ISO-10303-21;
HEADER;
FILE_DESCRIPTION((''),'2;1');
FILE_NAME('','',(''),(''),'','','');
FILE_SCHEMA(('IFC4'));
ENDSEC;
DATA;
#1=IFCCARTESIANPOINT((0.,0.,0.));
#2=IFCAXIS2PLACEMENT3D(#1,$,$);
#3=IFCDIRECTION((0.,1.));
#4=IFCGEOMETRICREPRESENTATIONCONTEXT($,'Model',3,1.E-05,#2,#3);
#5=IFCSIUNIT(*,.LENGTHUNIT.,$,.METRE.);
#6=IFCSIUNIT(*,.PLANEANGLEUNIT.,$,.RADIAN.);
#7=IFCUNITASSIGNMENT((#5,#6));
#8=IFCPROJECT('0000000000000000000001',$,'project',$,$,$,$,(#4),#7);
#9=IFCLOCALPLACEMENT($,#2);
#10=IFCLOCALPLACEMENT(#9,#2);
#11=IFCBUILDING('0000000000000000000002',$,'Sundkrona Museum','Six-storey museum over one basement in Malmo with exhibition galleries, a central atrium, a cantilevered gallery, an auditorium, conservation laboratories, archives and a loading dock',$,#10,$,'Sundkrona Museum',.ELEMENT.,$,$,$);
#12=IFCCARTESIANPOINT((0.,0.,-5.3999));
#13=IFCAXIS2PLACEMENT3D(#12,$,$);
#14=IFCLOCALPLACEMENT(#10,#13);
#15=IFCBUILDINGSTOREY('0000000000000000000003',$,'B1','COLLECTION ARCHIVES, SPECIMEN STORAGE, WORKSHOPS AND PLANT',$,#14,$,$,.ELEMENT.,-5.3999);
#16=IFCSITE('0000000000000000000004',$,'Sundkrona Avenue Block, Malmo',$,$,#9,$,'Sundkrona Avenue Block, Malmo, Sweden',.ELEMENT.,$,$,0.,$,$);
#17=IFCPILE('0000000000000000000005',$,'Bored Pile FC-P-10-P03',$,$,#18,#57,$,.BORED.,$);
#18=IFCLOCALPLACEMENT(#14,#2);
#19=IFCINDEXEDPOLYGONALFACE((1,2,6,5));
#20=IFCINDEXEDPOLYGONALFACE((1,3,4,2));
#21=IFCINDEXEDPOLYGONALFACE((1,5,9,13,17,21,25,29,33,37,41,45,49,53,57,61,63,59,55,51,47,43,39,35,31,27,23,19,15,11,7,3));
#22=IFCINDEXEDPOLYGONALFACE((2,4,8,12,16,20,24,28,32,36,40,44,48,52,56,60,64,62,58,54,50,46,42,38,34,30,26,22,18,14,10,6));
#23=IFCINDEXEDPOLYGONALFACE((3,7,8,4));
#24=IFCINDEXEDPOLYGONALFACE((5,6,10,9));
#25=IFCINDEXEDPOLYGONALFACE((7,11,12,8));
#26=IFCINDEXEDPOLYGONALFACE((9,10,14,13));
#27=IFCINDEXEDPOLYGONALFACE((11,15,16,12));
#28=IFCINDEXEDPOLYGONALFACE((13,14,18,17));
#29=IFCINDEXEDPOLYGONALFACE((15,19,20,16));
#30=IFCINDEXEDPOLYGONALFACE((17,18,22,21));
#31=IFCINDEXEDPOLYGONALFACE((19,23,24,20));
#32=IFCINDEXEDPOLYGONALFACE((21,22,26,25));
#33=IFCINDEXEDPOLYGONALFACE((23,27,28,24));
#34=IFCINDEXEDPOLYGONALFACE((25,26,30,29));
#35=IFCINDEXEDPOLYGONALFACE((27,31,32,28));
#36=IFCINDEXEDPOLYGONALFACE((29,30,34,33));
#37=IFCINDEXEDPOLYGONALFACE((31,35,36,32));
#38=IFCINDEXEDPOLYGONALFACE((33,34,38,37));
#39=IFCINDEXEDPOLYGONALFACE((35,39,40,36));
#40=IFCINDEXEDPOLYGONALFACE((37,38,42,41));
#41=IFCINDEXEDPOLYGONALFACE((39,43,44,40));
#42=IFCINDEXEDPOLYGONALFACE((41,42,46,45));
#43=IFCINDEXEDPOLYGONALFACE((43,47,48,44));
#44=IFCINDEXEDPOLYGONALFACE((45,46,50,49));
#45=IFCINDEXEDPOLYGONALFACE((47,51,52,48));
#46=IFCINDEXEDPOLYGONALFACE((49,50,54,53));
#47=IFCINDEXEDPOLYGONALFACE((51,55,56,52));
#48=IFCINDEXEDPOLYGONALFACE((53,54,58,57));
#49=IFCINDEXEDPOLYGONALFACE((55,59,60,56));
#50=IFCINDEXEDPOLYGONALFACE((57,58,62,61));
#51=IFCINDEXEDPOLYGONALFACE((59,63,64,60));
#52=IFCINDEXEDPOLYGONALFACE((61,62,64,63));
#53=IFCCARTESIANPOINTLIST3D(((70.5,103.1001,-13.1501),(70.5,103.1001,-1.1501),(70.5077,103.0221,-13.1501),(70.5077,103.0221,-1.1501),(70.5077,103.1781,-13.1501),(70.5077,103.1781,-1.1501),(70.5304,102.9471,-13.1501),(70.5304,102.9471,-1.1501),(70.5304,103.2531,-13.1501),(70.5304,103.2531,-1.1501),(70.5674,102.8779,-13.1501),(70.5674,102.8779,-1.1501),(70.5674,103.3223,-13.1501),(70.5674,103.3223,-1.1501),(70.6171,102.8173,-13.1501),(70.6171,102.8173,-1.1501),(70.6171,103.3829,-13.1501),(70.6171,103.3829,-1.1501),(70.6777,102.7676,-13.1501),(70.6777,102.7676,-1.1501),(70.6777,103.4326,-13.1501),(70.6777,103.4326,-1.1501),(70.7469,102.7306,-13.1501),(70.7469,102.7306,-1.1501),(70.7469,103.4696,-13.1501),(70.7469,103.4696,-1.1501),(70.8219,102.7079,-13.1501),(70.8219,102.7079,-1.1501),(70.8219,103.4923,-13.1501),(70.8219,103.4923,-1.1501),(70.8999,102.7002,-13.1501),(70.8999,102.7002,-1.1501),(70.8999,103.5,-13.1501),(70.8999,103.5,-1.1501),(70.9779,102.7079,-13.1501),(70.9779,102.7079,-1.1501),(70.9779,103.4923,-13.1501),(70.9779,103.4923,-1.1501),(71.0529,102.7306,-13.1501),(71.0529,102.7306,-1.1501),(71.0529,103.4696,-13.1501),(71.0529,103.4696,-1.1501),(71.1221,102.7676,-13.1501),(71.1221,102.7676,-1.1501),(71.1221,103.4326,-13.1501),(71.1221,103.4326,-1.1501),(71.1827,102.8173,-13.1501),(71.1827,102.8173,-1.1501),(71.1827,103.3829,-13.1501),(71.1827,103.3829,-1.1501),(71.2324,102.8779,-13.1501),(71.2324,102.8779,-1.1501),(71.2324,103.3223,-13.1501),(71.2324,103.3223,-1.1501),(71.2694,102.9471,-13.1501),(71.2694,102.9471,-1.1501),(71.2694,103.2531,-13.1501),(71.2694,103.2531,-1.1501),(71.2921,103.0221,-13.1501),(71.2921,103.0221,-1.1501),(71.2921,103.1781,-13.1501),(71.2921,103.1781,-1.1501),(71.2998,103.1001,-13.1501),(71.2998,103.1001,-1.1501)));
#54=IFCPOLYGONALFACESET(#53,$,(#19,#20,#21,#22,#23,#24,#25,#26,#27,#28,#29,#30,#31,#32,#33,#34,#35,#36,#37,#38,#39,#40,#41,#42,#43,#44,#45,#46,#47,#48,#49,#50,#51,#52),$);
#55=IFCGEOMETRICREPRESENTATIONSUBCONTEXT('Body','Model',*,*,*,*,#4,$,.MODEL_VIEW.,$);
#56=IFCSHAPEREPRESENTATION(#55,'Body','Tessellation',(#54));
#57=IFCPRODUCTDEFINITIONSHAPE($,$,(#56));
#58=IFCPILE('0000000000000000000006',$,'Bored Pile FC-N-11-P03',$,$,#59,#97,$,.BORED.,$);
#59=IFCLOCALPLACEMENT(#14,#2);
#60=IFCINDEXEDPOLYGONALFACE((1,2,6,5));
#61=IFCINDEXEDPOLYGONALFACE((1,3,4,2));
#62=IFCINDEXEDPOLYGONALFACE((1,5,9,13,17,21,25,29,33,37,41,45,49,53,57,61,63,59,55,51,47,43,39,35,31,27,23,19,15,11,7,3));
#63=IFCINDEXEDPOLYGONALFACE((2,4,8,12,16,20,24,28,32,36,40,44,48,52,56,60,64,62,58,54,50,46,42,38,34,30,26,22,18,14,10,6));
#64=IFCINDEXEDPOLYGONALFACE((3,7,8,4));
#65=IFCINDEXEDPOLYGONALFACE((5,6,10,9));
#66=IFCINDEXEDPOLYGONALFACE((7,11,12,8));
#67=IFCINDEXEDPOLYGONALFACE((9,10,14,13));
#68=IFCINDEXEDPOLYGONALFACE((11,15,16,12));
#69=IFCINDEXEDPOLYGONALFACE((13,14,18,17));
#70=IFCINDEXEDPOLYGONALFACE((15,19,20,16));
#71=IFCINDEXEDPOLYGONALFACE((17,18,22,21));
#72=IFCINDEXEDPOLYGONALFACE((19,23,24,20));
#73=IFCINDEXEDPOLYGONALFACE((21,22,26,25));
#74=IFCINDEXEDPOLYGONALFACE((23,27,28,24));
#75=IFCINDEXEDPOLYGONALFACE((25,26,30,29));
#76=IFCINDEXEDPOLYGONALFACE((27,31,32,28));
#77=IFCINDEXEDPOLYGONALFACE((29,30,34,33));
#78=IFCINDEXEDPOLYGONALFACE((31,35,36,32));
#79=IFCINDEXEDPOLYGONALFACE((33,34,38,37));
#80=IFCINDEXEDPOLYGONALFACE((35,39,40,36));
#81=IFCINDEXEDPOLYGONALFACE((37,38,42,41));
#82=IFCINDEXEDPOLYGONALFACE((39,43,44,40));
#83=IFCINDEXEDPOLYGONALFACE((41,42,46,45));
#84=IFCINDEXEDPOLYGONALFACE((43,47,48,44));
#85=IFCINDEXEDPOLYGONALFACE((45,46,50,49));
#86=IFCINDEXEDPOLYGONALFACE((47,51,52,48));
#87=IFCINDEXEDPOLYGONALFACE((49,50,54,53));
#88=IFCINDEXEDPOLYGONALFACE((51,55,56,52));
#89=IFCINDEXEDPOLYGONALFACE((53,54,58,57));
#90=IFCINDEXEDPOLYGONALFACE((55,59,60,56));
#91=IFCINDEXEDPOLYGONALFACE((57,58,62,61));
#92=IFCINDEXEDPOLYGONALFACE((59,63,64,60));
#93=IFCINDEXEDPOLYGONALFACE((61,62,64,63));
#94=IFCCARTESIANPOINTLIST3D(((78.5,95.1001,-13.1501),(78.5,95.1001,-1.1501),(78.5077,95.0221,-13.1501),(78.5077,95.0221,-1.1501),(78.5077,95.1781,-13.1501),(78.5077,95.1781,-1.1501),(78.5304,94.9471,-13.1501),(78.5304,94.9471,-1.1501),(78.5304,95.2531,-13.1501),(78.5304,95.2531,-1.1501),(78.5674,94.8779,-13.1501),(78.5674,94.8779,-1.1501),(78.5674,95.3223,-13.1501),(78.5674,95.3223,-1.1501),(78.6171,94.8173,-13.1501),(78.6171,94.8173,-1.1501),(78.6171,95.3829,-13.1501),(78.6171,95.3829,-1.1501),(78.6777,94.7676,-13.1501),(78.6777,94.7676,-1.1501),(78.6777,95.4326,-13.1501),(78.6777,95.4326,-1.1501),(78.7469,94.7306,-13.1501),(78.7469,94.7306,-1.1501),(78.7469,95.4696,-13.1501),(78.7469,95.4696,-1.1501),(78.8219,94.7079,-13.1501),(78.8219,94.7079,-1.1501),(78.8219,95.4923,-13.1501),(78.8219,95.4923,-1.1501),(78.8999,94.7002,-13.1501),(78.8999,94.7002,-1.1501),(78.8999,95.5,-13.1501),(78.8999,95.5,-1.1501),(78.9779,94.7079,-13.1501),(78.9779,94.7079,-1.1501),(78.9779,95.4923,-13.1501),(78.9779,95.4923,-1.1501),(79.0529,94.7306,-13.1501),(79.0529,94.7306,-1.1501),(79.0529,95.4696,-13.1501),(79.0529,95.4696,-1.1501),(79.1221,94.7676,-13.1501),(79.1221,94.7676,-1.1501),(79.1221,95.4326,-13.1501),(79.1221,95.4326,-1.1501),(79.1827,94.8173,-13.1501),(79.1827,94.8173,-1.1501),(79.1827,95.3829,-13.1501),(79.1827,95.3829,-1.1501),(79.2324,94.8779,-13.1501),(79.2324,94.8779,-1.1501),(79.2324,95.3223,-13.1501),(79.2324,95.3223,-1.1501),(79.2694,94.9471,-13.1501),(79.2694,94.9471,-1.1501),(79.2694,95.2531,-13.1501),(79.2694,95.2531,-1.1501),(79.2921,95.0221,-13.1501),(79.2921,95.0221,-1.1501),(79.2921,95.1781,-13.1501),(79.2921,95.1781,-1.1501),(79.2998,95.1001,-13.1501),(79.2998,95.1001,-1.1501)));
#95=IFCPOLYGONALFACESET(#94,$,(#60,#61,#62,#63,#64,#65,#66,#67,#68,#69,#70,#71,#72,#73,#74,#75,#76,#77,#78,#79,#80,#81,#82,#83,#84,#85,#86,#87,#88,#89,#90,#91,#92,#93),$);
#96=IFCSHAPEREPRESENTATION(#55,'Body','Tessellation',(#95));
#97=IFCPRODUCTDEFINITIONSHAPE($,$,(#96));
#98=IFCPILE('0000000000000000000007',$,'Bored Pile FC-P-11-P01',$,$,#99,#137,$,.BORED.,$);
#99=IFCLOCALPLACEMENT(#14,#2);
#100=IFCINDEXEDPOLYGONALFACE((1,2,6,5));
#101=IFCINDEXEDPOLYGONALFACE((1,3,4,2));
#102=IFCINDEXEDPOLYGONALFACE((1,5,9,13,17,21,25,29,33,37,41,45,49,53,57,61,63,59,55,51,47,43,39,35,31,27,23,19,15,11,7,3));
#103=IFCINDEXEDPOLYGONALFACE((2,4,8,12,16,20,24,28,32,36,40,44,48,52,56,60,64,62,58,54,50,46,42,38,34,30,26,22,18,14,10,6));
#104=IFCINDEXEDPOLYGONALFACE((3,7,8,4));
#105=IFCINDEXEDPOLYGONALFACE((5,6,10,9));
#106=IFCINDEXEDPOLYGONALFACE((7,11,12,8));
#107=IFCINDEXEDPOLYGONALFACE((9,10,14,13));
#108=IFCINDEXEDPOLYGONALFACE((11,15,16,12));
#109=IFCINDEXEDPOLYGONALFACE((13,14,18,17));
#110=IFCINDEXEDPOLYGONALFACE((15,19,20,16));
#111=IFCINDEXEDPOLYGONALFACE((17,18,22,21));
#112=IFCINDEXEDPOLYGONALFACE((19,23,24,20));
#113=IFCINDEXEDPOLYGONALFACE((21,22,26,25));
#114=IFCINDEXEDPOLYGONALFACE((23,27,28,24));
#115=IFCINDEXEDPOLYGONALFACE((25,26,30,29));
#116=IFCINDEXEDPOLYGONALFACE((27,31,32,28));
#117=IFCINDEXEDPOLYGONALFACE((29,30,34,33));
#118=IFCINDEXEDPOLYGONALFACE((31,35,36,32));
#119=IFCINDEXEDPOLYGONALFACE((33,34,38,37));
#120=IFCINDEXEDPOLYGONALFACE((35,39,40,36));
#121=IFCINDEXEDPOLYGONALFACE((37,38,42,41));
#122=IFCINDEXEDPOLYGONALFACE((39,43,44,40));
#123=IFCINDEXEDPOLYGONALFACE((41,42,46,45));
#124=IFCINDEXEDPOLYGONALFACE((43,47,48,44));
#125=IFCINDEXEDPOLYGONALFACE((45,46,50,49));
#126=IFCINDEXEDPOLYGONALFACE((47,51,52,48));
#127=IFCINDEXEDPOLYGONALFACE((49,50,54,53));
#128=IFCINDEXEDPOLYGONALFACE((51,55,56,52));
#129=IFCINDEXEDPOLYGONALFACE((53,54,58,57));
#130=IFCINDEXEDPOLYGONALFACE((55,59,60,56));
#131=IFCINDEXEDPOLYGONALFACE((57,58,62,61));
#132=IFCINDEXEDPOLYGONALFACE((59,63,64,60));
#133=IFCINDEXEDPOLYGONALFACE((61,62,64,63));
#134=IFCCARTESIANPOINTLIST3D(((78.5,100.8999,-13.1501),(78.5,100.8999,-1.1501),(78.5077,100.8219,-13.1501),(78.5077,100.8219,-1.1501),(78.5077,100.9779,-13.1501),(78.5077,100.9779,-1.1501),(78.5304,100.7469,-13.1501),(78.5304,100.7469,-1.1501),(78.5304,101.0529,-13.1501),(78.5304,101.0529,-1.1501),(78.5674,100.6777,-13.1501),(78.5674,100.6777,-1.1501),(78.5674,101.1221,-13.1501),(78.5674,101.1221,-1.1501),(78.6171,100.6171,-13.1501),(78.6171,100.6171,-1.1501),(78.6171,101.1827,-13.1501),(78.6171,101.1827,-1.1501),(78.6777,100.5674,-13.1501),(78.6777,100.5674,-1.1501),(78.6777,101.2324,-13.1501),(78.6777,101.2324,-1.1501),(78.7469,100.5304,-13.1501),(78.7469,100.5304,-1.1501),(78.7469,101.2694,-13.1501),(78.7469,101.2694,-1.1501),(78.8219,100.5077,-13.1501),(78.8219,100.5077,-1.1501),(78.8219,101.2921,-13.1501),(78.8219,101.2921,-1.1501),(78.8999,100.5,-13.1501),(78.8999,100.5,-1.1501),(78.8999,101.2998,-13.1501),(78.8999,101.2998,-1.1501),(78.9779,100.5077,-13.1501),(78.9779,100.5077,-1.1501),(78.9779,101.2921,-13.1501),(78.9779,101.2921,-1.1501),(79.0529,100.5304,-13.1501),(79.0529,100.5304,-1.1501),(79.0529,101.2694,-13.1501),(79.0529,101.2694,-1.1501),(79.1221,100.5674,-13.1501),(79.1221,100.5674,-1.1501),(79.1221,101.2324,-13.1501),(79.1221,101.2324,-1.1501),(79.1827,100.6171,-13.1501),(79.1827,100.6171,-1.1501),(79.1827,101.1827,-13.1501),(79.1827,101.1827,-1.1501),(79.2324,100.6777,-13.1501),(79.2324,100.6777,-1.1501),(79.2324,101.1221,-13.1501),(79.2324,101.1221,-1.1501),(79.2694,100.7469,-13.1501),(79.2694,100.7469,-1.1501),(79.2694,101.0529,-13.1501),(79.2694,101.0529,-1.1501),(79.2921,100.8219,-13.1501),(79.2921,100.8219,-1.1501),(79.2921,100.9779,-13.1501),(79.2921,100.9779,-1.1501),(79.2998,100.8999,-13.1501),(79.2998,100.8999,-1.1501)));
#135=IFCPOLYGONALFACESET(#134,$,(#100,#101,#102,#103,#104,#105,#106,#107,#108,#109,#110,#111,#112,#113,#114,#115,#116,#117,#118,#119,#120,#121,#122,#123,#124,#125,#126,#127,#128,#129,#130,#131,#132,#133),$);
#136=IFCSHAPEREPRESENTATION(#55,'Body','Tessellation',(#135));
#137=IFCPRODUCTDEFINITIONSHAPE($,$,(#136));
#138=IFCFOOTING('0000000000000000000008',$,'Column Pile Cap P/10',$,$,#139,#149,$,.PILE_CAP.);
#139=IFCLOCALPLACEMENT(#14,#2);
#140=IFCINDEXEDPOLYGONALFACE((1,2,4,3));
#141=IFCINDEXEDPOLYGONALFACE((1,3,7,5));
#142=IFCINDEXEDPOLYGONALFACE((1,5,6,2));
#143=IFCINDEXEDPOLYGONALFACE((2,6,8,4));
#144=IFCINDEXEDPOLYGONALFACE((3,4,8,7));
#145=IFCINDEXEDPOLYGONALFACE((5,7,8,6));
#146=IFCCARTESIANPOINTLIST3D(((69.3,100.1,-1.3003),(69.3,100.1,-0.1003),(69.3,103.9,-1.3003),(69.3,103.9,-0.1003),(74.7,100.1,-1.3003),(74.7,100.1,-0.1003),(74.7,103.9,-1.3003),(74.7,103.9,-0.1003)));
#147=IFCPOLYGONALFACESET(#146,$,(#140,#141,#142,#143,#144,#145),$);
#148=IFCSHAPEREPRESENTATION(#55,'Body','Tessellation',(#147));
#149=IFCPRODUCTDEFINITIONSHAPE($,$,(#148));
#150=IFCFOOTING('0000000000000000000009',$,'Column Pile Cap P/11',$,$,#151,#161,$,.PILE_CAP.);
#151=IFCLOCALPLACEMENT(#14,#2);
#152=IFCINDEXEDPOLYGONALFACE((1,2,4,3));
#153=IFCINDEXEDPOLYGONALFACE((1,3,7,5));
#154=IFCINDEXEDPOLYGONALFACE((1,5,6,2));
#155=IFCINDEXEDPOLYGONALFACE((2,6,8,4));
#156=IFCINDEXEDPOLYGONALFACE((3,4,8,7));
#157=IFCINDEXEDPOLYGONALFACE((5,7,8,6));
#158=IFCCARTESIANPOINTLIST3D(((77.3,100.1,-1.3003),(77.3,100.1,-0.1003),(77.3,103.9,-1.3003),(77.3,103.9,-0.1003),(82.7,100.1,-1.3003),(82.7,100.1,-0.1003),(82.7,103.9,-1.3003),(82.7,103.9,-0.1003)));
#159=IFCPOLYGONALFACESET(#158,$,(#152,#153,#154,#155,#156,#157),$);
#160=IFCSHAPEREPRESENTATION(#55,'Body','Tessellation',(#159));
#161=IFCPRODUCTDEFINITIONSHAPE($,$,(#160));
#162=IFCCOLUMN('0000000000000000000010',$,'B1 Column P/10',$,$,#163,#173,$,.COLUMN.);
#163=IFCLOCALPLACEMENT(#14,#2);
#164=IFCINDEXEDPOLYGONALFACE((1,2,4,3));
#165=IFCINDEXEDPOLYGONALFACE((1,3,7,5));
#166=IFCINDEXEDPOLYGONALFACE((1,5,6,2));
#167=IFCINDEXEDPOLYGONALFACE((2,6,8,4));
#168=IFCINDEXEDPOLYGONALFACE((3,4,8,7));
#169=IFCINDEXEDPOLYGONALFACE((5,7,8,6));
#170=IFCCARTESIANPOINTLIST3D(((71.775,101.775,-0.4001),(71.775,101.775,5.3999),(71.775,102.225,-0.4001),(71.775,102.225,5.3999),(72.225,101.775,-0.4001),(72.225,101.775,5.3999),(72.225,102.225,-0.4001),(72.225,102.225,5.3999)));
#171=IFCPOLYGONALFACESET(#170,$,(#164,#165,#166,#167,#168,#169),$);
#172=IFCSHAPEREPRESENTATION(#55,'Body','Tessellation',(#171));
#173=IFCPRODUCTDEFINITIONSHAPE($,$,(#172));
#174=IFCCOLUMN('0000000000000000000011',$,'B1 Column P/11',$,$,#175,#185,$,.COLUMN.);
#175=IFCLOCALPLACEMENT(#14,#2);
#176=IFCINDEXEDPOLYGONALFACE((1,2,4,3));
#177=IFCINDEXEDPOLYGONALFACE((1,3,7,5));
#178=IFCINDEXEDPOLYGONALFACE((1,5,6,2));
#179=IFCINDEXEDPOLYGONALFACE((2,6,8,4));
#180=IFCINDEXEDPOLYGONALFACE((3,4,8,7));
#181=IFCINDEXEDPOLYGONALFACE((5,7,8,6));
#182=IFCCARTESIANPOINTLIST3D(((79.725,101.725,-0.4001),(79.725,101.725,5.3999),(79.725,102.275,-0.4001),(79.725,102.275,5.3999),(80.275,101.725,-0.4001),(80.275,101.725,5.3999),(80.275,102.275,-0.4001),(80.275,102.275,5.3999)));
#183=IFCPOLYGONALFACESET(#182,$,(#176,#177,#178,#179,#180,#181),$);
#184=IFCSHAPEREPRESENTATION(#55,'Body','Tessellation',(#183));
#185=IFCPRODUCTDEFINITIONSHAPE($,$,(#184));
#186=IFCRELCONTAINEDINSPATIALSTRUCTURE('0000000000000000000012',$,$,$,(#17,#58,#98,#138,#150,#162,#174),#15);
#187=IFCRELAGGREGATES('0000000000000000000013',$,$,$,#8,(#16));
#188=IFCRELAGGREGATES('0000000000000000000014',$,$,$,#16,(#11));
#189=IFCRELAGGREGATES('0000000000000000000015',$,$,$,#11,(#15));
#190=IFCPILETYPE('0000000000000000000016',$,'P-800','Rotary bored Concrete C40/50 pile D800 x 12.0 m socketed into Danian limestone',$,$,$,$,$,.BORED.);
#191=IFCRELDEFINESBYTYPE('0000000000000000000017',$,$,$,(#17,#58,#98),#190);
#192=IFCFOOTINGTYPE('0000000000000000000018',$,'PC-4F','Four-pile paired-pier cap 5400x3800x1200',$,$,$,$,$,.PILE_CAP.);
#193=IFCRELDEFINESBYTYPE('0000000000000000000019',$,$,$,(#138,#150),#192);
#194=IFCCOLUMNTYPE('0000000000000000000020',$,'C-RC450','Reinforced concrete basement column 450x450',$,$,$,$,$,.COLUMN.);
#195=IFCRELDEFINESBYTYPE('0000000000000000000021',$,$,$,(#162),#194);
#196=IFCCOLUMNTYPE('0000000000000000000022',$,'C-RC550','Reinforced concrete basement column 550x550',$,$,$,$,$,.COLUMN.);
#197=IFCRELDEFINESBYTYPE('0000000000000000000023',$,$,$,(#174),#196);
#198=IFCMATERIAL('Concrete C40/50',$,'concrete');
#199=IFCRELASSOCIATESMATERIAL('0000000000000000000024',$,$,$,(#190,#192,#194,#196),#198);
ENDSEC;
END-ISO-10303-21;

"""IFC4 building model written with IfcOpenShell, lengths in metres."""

from ifc_helpers import new_model, si_unit, direction, frame, origin, origin_2d, place, context, subcontext, project, spatial, rectangle, circle, extrude, material, material_profile, profile_set, type_object, element, save


model = new_model("IFC4")

# Units and contexts
model_context = context("Model", 3, precision=1e-05, world=origin(), true_north=direction((0.0, 1.0)))
body_context = subcontext(model_context, "Body", "Model", "MODEL_VIEW")
ifc_project = project(units=[si_unit("LENGTHUNIT", "METRE"), si_unit("PLANEANGLEUNIT", "RADIAN")], contexts=[model_context])

# Site, building, storey
site_placement = place(None, origin())
site = spatial("IfcSite", under=ifc_project, at=site_placement, Name="Sundkrona Avenue Block, Malmo", LongName="Sundkrona Avenue Block, Malmo, Sweden", CompositionType="ELEMENT", RefElevation=0.0)
building_placement = place(site_placement, origin())
building = spatial("IfcBuilding", under=site, at=building_placement, Name="Sundkrona Museum", Description="Six-storey museum over one basement in Malmo with exhibition galleries, a central atrium, a cantilevered gallery, an auditorium, conservation laboratories, archives and a loading dock", LongName="Sundkrona Museum", CompositionType="ELEMENT")
storey_placement = place(building_placement, frame((0.0, 0.0, -5.3999)))
storey = spatial("IfcBuildingStorey", under=building, at=storey_placement, Name="B1", Description="COLLECTION ARCHIVES, SPECIMEN STORAGE, WORKSHOPS AND PLANT", CompositionType="ELEMENT", Elevation=-5.3999)

# Shared definitions
ifc_material_1 = material(Name="Concrete C40/50", Category="concrete")

# Piles
ifc_material_profile_1 = material_profile(ifc_material_1, circle(Radius=0.3999, at=origin_2d()), Name="PILE D800")
ifc_profile_set_1 = profile_set([ifc_material_profile_1], Name="Concrete C40/50")
pile_type = type_object("IfcPileType", Name="P-800", Description="Rotary bored Concrete C40/50 pile D800 x 12.0 m socketed into Danian limestone", PredefinedType="BORED", material=ifc_profile_set_1)
for number, where, z_axis, x_axis, name in (
    (1, (70.8999, 103.1001, -1.1501), (0.0, 0.0, -1.0), (1.0, 0.0, 0.0), "Bored Pile FC-P-10-P03"),
    (2, (78.8999, 95.1001, -1.1501), (0.0, 0.0, -1.0), (1.0, 0.0, 0.0), "Bored Pile FC-N-11-P03"),
    (3, (78.8999, 100.8999, -1.1501), (0.0, 0.0, -1.0), (1.0, 0.0, 0.0), "Bored Pile FC-P-11-P01"),
):
    element("IfcPile", number, at=place(storey_placement, frame(where, z_axis=z_axis, x_axis=x_axis)), inside=storey, type_object=pile_type, Name=name, PredefinedType="BORED", context=body_context, shape_type="SweptSolid", body=[
        extrude(circle(Radius=0.3999, at=origin_2d()), origin(), (0.0, 0.0, 1.0), 12.0),
    ])

# Footings
footing_type_1 = type_object("IfcFootingType", Name="PC-4F", Description="Four-pile paired-pier cap 5400x3800x1200", PredefinedType="PILE_CAP", material=ifc_material_1)
for number, where, z_axis, x_axis, name in (
    (4, (72.0, 102.0, -1.3003), (0.0, 0.0, 1.0), (1.0, 0.0, 0.0), "Column Pile Cap P/10"),
    (5, (80.0, 102.0, -1.3003), (0.0, 0.0, 1.0), (1.0, 0.0, 0.0), "Column Pile Cap P/11"),
):
    element("IfcFooting", number, at=place(storey_placement, frame(where, z_axis=z_axis, x_axis=x_axis)), inside=storey, type_object=footing_type_1, Name=name, PredefinedType="PILE_CAP", context=body_context, shape_type="SweptSolid", body=[
        extrude(rectangle(XDim=5.3999, YDim=3.8, at=origin_2d()), origin(), (0.0, 0.0, 1.0), 1.2),
    ])

# Columns
ifc_material_profile_2 = material_profile(ifc_material_1, rectangle(XDim=0.45, YDim=0.45, at=origin_2d()), Name="RC 450x450")
ifc_profile_set_2 = profile_set([ifc_material_profile_2], Name="Concrete C40/50")
column_type_1 = type_object("IfcColumnType", Name="C-RC450", Description="Reinforced concrete basement column 450x450", PredefinedType="COLUMN", material=ifc_profile_set_2)
column_1_placement = place(storey_placement, frame((72.0, 102.0, -0.4001), z_axis=(0.0, 0.0, 1.0), x_axis=(1.0, 0.0, 0.0)))
element("IfcColumn", 6, at=column_1_placement, inside=storey, type_object=column_type_1, Name="B1 Column P/10", PredefinedType="COLUMN", context=body_context, shape_type="SweptSolid", body=[
    extrude(rectangle(XDim=0.45, YDim=0.45, at=origin_2d()), origin(), (0.0, 0.0, 1.0), 5.8),
])
ifc_material_profile_3 = material_profile(ifc_material_1, rectangle(XDim=0.55, YDim=0.55, at=origin_2d()), Name="RC 550x550")
ifc_profile_set_3 = profile_set([ifc_material_profile_3], Name="Concrete C40/50")
column_type_2 = type_object("IfcColumnType", Name="C-RC550", Description="Reinforced concrete basement column 550x550", PredefinedType="COLUMN", material=ifc_profile_set_3)
column_2_placement = place(storey_placement, frame((80.0, 102.0, -0.4001), z_axis=(0.0, 0.0, 1.0), x_axis=(1.0, 0.0, 0.0)))
element("IfcColumn", 7, at=column_2_placement, inside=storey, type_object=column_type_2, Name="B1 Column P/11", PredefinedType="COLUMN", context=body_context, shape_type="SweptSolid", body=[
    extrude(rectangle(XDim=0.55, YDim=0.55, at=origin_2d()), origin(), (0.0, 0.0, 1.0), 5.8),
])

save(model, "model.ifc")
